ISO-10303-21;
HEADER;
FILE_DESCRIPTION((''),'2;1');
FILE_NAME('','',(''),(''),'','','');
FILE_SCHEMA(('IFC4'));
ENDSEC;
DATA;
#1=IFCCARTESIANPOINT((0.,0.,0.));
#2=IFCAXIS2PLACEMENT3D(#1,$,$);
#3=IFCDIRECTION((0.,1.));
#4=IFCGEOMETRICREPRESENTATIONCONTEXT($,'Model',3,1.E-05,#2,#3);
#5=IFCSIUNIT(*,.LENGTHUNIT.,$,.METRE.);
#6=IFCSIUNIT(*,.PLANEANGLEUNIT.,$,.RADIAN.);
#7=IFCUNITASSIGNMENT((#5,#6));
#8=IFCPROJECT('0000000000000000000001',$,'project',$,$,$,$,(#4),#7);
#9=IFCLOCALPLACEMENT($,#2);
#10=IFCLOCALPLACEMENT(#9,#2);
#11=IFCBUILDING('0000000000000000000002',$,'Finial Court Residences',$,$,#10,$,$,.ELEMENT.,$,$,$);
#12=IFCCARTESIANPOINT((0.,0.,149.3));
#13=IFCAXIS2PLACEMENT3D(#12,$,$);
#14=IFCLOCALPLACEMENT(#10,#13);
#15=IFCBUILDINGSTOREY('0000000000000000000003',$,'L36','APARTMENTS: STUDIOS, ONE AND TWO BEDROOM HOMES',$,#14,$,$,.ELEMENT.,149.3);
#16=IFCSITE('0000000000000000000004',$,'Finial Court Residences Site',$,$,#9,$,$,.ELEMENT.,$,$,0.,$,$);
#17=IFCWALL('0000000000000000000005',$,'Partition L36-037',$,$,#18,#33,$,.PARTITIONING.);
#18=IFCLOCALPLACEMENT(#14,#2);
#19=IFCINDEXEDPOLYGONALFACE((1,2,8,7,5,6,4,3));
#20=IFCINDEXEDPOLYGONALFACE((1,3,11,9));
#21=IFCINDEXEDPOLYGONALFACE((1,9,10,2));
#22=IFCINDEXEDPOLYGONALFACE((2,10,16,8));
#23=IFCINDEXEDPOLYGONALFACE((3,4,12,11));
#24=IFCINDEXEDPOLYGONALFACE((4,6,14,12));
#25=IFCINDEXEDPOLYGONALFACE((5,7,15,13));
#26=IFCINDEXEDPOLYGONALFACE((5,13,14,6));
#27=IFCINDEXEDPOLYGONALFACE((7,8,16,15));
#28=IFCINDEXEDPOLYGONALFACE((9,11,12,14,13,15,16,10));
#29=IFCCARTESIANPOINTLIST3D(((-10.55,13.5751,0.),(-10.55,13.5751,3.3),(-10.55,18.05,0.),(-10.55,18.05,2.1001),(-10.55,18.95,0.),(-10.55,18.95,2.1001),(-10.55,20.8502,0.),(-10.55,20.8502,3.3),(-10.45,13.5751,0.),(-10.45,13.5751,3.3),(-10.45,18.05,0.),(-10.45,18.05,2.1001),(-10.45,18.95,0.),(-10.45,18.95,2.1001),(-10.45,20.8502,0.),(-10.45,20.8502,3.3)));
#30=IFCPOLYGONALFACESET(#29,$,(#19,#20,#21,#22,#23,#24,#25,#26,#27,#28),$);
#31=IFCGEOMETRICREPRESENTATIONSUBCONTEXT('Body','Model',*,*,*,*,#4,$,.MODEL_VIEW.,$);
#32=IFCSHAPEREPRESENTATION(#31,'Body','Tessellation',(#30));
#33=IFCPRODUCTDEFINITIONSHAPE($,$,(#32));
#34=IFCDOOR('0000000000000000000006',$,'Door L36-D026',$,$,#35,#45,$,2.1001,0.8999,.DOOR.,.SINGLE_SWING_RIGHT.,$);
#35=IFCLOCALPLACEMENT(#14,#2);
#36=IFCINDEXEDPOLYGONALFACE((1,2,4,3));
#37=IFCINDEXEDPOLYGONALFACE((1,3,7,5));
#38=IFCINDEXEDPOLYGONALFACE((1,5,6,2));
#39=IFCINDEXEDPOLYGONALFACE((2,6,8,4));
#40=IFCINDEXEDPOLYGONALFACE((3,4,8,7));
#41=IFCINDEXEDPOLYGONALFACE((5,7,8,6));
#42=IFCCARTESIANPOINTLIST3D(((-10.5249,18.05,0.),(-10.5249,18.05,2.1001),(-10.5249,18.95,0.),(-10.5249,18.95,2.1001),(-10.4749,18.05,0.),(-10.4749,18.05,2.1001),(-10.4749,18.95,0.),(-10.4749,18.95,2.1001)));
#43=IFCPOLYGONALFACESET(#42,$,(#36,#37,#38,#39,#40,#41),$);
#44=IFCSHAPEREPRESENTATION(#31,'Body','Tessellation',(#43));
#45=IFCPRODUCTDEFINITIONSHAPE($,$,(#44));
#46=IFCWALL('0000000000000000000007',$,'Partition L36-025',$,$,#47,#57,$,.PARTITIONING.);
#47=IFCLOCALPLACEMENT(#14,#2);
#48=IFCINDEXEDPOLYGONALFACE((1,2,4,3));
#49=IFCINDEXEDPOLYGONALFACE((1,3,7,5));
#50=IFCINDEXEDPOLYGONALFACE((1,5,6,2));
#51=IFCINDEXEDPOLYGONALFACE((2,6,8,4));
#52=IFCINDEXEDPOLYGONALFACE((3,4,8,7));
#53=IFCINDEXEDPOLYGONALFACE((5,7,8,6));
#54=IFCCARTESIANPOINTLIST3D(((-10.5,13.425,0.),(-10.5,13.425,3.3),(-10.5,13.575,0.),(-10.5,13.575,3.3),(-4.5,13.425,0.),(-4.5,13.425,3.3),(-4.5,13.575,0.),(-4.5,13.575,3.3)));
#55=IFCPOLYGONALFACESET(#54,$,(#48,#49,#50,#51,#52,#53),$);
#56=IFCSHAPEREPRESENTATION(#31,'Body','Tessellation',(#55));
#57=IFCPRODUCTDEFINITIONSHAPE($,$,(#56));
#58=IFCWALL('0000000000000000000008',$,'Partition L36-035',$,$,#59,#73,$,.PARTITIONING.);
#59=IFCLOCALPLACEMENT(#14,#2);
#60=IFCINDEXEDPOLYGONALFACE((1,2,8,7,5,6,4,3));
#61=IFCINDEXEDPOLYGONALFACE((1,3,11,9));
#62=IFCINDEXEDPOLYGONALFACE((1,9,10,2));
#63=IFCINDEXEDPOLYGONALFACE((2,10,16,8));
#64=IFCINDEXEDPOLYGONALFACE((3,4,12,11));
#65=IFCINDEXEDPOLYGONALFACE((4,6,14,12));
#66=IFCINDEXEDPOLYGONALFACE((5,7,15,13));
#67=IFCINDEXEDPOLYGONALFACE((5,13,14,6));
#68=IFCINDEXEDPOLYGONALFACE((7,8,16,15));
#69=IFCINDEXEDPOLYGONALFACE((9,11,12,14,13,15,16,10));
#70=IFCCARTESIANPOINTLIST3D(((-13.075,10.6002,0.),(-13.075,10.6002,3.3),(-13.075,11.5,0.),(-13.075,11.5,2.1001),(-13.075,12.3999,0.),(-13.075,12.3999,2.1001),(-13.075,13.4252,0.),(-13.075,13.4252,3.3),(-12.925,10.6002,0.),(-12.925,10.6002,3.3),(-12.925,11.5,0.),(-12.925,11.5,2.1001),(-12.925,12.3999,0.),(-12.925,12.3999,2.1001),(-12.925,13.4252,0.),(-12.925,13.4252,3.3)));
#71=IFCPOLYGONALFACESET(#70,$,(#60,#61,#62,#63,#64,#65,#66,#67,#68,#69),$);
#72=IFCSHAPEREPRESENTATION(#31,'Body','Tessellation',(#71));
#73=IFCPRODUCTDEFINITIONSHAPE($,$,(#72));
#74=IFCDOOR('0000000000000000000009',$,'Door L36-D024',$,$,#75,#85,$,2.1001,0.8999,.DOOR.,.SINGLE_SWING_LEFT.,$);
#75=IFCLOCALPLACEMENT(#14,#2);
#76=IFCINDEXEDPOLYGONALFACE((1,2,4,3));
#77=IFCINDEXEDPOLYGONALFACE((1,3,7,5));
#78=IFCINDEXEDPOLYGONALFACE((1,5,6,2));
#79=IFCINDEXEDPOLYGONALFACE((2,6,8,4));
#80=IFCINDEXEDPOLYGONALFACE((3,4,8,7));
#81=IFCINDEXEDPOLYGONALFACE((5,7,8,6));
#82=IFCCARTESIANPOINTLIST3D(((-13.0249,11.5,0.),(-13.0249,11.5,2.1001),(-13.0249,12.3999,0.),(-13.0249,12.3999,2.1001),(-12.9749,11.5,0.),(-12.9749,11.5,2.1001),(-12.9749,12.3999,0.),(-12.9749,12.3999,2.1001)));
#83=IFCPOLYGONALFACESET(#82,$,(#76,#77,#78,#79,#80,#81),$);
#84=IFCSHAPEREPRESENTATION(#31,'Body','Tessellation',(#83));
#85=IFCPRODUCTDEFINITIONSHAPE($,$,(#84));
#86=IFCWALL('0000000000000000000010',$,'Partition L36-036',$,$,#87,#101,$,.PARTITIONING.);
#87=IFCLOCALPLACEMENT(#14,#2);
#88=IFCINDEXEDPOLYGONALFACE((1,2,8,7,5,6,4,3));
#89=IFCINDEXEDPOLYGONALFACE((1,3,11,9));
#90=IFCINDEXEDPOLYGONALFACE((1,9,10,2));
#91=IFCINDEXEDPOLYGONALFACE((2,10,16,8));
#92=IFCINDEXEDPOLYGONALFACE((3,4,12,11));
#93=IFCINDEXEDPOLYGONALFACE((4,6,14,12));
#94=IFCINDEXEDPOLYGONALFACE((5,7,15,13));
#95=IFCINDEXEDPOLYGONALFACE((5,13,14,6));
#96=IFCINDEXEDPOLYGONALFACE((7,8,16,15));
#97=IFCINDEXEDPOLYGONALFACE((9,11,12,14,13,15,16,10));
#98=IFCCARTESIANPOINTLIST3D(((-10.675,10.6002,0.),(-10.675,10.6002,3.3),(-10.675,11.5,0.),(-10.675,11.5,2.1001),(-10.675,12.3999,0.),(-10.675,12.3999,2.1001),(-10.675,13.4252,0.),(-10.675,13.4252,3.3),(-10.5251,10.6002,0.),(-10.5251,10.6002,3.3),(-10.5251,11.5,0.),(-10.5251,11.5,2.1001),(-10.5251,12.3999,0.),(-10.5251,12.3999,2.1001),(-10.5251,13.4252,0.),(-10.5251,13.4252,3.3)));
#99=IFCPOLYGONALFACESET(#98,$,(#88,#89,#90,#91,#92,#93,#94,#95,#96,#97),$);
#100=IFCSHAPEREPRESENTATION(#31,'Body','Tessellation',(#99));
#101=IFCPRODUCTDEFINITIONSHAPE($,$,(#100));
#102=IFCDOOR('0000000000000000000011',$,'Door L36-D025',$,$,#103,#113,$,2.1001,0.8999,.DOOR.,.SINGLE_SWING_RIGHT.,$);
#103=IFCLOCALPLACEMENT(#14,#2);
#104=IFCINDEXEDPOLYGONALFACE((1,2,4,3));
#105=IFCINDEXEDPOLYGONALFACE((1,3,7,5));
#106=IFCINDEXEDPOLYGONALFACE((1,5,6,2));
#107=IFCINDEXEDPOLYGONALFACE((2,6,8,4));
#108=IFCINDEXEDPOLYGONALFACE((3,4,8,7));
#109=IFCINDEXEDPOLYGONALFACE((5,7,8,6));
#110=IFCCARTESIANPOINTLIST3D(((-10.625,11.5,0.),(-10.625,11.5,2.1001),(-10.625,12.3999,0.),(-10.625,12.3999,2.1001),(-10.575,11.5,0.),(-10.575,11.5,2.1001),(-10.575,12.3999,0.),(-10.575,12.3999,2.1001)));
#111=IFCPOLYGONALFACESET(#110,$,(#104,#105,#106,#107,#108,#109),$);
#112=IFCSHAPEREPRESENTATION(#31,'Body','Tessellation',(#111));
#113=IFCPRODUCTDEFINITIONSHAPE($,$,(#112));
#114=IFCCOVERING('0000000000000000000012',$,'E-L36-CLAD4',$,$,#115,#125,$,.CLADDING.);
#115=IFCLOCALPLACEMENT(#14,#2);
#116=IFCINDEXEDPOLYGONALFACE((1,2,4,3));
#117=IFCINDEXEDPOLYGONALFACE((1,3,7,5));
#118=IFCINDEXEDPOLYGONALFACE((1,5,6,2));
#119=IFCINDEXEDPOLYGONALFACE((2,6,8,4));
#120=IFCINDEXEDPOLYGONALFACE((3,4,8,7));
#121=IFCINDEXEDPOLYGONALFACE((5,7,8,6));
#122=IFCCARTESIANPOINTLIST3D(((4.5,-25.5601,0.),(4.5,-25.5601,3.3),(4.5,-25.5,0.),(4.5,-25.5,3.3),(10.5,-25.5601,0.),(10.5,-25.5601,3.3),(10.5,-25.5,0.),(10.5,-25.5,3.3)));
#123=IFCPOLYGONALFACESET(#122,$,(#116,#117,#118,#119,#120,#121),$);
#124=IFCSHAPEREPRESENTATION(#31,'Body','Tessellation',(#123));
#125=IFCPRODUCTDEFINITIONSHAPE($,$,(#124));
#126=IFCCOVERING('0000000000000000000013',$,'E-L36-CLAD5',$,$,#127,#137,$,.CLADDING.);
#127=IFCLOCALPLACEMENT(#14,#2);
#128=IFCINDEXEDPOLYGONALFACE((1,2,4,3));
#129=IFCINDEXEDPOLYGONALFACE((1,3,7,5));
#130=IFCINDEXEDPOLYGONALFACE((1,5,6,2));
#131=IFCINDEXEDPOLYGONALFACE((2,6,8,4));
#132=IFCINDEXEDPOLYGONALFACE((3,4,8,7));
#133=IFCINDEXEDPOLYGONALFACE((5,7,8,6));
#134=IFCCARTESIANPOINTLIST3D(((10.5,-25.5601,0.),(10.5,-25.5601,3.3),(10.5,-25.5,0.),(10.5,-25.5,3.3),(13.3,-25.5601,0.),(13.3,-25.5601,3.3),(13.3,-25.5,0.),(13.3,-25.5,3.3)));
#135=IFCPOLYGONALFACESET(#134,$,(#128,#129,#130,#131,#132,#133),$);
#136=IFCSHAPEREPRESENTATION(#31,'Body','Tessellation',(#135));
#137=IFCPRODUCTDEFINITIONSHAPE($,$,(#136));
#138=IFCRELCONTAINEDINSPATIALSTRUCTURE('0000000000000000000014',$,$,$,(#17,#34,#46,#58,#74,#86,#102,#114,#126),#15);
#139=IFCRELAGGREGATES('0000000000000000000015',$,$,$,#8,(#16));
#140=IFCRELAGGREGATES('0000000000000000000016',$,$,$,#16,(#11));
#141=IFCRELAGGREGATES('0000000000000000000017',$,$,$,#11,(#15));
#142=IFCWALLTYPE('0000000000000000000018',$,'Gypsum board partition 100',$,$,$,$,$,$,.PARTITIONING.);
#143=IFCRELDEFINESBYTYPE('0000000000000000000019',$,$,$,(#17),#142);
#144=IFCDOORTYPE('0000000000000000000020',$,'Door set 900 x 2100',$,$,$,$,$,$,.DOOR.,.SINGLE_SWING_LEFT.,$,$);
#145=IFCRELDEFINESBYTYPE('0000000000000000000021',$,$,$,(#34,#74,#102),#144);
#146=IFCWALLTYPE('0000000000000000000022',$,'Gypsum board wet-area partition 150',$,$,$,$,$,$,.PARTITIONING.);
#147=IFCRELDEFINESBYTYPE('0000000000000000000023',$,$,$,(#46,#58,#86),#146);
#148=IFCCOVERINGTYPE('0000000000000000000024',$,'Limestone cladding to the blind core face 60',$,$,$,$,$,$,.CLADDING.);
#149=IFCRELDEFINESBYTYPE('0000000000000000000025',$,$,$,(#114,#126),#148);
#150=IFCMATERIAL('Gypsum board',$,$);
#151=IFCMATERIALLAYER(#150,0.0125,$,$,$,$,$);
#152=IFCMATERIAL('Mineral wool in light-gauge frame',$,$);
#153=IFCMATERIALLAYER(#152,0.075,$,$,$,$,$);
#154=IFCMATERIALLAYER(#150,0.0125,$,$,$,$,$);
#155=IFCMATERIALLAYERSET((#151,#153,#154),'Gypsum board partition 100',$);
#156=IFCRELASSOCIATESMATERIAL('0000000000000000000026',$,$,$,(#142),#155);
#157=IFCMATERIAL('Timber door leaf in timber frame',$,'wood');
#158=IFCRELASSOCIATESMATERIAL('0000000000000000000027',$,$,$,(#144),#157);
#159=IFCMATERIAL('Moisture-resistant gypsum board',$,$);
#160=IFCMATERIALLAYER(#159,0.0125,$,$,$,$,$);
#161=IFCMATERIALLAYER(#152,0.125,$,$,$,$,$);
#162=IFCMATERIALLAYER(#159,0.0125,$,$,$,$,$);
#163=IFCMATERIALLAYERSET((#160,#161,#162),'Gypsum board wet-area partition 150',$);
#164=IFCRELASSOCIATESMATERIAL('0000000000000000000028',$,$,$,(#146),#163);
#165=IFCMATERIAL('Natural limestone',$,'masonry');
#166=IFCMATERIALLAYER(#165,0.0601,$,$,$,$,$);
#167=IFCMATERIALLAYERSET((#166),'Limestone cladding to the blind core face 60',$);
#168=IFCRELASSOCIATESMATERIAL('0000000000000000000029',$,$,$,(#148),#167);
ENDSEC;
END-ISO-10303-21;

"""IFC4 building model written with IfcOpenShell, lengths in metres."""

from ifc_helpers import new_model, si_unit, direction, frame, frame_2d, origin, place, context, subcontext, project, spatial, polyline, rectangle, outline, extrude, material, layer, layer_set, type_object, element, fill, save


model = new_model("IFC4")

# Units and contexts
model_context = context("Model", 3, precision=1e-05, world=origin(), true_north=direction((0.0, 1.0)))
body_context = subcontext(model_context, "Body", "Model", "MODEL_VIEW")
ifc_project = project(units=[si_unit("LENGTHUNIT", "METRE"), si_unit("PLANEANGLEUNIT", "RADIAN")], contexts=[model_context])

# Site, building, storey
site_placement = place(None, origin())
site = spatial("IfcSite", under=ifc_project, at=site_placement, Name="Finial Court Residences Site", CompositionType="ELEMENT", RefElevation=0.0)
building_placement = place(site_placement, origin())
building = spatial("IfcBuilding", under=site, at=building_placement, Name="Finial Court Residences", CompositionType="ELEMENT")
storey_placement = place(building_placement, frame((0.0, 0.0, 149.3)))
storey = spatial("IfcBuildingStorey", under=building, at=storey_placement, Name="L36", Description="APARTMENTS: STUDIOS, ONE AND TWO BEDROOM HOMES", CompositionType="ELEMENT", Elevation=149.3)

# Shared definitions
ifc_material_1 = material(Name="Gypsum board")

# Shared definitions
ifc_layer_1 = layer(ifc_material_1, 0.0125)
ifc_material_2 = material(Name="Mineral wool in light-gauge frame")
ifc_layer_2 = layer(ifc_material_2, 0.075)
ifc_layer_3 = layer(ifc_material_1, 0.0125)
ifc_layer_set_1 = layer_set([ifc_layer_1, ifc_layer_2, ifc_layer_3], Name="Gypsum board partition 100")
wall_type_1 = type_object("IfcWallType", Name="Gypsum board partition 100", PredefinedType="PARTITIONING", material=ifc_layer_set_1)
ifc_material_3 = material(Name="Timber door leaf in timber frame", Category="wood")
door_type = type_object("IfcDoorType", Name="Door set 900 x 2100", OperationType="SINGLE_SWING_LEFT", PredefinedType="DOOR", material=ifc_material_3)

# Wall, opening, door
wall_1_placement = place(storey_placement, frame((-10.5, 13.575, 0.0), z_axis=(0.0, 0.0, 1.0), x_axis=(0.0, 1.0, 0.0)))
wall_1 = element("IfcWall", 1, at=wall_1_placement, inside=storey, type_object=wall_type_1, Name="Partition L36-037", PredefinedType="PARTITIONING", context=body_context, shape_type="SweptSolid", body=[
    extrude(rectangle(XDim=7.2751, YDim=0.1001, at=frame_2d((3.6377, 0.0))), origin(), (0.0, 0.0, 1.0), 3.3),
])
opening_1_placement = place(wall_1_placement, frame((4.4751, 0.0, 0.0)))
opening_1 = element("IfcOpeningElement", 2, at=opening_1_placement, cuts=wall_1, PredefinedType="OPENING", context=body_context, shape_type="SweptSolid", body=[
    extrude(rectangle(XDim=0.8999, YDim=2.1001, at=frame_2d((0.45, 1.05))), frame((0.0, 0.0601, 0.0), z_axis=(0.0, -1.0, 0.0), x_axis=(1.0, 0.0, 0.0)), (0.0, 0.0, 1.0), 0.1201),
])
door_1_placement = place(opening_1_placement, origin())
door_1 = element("IfcDoor", 3, at=door_1_placement, inside=storey, type_object=door_type, Name="Door L36-D026", OperationType="SINGLE_SWING_RIGHT", OverallHeight=2.1001, OverallWidth=0.8999, PredefinedType="DOOR", context=body_context, shape_type="SweptSolid", body=[
    extrude(rectangle(XDim=0.8999, YDim=2.1001, at=frame_2d((0.45, 1.05))), frame((0.0, 0.0249, 0.0), z_axis=(0.0, -1.0, 0.0), x_axis=(1.0, 0.0, 0.0)), (0.0, 0.0, 1.0), 0.05),
])
fill(opening_1, door_1)

# Wall
ifc_material_4 = material(Name="Moisture-resistant gypsum board")
ifc_layer_4 = layer(ifc_material_4, 0.0125)
ifc_layer_5 = layer(ifc_material_2, 0.125)
ifc_layer_6 = layer(ifc_material_4, 0.0125)
ifc_layer_set_2 = layer_set([ifc_layer_4, ifc_layer_5, ifc_layer_6], Name="Gypsum board wet-area partition 150")
wall_type_2 = type_object("IfcWallType", Name="Gypsum board wet-area partition 150", PredefinedType="PARTITIONING", material=ifc_layer_set_2)
wall_2_placement = place(storey_placement, frame((-10.5, 13.5, 0.0), z_axis=(0.0, 0.0, 1.0), x_axis=(1.0, 0.0, 0.0)))
element("IfcWall", 4, at=wall_2_placement, inside=storey, type_object=wall_type_2, Name="Partition L36-025", PredefinedType="PARTITIONING", context=body_context, shape_type="SweptSolid", body=[
    extrude(rectangle(XDim=6.0, YDim=0.1499, at=frame_2d((3.0, 0.0))), origin(), (0.0, 0.0, 1.0), 3.3),
])

# Walls, openings, doors
wall_3_placement = place(storey_placement, frame((-13.0, 10.6001, 0.0), z_axis=(0.0, 0.0, 1.0), x_axis=(0.0, 1.0, 0.0)))
wall_3 = element("IfcWall", 5, at=wall_3_placement, inside=storey, type_object=wall_type_2, Name="Partition L36-035", PredefinedType="PARTITIONING", context=body_context, shape_type="SweptSolid", body=[
    extrude(rectangle(XDim=2.825, YDim=0.1499, at=frame_2d((1.4126, 0.0))), origin(), (0.0, 0.0, 1.0), 3.3),
])
opening_2_placement = place(wall_3_placement, frame((0.8999, 0.0, 0.0)))
opening_2 = element("IfcOpeningElement", 6, at=opening_2_placement, cuts=wall_3, PredefinedType="OPENING", context=body_context, shape_type="SweptSolid", body=[
    extrude(rectangle(XDim=0.8999, YDim=2.1001, at=frame_2d((0.45, 1.05))), frame((0.0, 0.085, 0.0), z_axis=(0.0, -1.0, 0.0), x_axis=(1.0, 0.0, 0.0)), (0.0, 0.0, 1.0), 0.1699),
])
door_2_placement = place(opening_2_placement, origin())
door_2 = element("IfcDoor", 7, at=door_2_placement, inside=storey, type_object=door_type, Name="Door L36-D024", OperationType="SINGLE_SWING_LEFT", OverallHeight=2.1001, OverallWidth=0.8999, PredefinedType="DOOR", context=body_context, shape_type="SweptSolid", body=[
    extrude(rectangle(XDim=0.8999, YDim=2.1001, at=frame_2d((0.45, 1.05))), frame((0.0, 0.0249, 0.0), z_axis=(0.0, -1.0, 0.0), x_axis=(1.0, 0.0, 0.0)), (0.0, 0.0, 1.0), 0.05),
])
fill(opening_2, door_2)
wall_4_placement = place(storey_placement, frame((-10.6001, 10.6001, 0.0), z_axis=(0.0, 0.0, 1.0), x_axis=(0.0, 1.0, 0.0)))
wall_4 = element("IfcWall", 8, at=wall_4_placement, inside=storey, type_object=wall_type_2, Name="Partition L36-036", PredefinedType="PARTITIONING", context=body_context, shape_type="SweptSolid", body=[
    extrude(rectangle(XDim=2.825, YDim=0.1499, at=frame_2d((1.4126, 0.0))), origin(), (0.0, 0.0, 1.0), 3.3),
])
opening_3_placement = place(wall_4_placement, frame((0.8999, 0.0, 0.0)))
opening_3 = element("IfcOpeningElement", 9, at=opening_3_placement, cuts=wall_4, PredefinedType="OPENING", context=body_context, shape_type="SweptSolid", body=[
    extrude(rectangle(XDim=0.8999, YDim=2.1001, at=frame_2d((0.45, 1.05))), frame((0.0, 0.085, 0.0), z_axis=(0.0, -1.0, 0.0), x_axis=(1.0, 0.0, 0.0)), (0.0, 0.0, 1.0), 0.1699),
])
door_3_placement = place(opening_3_placement, origin())
door_3 = element("IfcDoor", 10, at=door_3_placement, inside=storey, type_object=door_type, Name="Door L36-D025", OperationType="SINGLE_SWING_RIGHT", OverallHeight=2.1001, OverallWidth=0.8999, PredefinedType="DOOR", context=body_context, shape_type="SweptSolid", body=[
    extrude(rectangle(XDim=0.8999, YDim=2.1001, at=frame_2d((0.45, 1.05))), frame((0.0, 0.0249, 0.0), z_axis=(0.0, -1.0, 0.0), x_axis=(1.0, 0.0, 0.0)), (0.0, 0.0, 1.0), 0.05),
])
fill(opening_3, door_3)

# Coverings
ifc_material_5 = material(Name="Natural limestone", Category="masonry")
ifc_layer_7 = layer(ifc_material_5, 0.0601)
ifc_layer_set_3 = layer_set([ifc_layer_7], Name="Limestone cladding to the blind core face 60")
covering_type = type_object("IfcCoveringType", Name="Limestone cladding to the blind core face 60", PredefinedType="CLADDING", material=ifc_layer_set_3)
covering_1_placement = place(storey_placement, origin())
element("IfcCovering", 11, at=covering_1_placement, inside=storey, type_object=covering_type, Name="E-L36-CLAD4", PredefinedType="CLADDING", context=body_context, shape_type="SweptSolid", body=[
    extrude(outline(polyline([(10.5, -25.5601), (10.5, -25.5), (4.5, -25.5), (4.5, -25.5601), (10.5, -25.5601)])), origin(), (0.0, 0.0, 1.0), 3.3),
])
covering_2_placement = place(storey_placement, origin())
element("IfcCovering", 12, at=covering_2_placement, inside=storey, type_object=covering_type, Name="E-L36-CLAD5", PredefinedType="CLADDING", context=body_context, shape_type="SweptSolid", body=[
    extrude(outline(polyline([(13.3, -25.5601), (13.3, -25.5), (10.5, -25.5), (10.5, -25.5601), (13.3, -25.5601)])), origin(), (0.0, 0.0, 1.0), 3.3),
])

save(model, "model.ifc")
